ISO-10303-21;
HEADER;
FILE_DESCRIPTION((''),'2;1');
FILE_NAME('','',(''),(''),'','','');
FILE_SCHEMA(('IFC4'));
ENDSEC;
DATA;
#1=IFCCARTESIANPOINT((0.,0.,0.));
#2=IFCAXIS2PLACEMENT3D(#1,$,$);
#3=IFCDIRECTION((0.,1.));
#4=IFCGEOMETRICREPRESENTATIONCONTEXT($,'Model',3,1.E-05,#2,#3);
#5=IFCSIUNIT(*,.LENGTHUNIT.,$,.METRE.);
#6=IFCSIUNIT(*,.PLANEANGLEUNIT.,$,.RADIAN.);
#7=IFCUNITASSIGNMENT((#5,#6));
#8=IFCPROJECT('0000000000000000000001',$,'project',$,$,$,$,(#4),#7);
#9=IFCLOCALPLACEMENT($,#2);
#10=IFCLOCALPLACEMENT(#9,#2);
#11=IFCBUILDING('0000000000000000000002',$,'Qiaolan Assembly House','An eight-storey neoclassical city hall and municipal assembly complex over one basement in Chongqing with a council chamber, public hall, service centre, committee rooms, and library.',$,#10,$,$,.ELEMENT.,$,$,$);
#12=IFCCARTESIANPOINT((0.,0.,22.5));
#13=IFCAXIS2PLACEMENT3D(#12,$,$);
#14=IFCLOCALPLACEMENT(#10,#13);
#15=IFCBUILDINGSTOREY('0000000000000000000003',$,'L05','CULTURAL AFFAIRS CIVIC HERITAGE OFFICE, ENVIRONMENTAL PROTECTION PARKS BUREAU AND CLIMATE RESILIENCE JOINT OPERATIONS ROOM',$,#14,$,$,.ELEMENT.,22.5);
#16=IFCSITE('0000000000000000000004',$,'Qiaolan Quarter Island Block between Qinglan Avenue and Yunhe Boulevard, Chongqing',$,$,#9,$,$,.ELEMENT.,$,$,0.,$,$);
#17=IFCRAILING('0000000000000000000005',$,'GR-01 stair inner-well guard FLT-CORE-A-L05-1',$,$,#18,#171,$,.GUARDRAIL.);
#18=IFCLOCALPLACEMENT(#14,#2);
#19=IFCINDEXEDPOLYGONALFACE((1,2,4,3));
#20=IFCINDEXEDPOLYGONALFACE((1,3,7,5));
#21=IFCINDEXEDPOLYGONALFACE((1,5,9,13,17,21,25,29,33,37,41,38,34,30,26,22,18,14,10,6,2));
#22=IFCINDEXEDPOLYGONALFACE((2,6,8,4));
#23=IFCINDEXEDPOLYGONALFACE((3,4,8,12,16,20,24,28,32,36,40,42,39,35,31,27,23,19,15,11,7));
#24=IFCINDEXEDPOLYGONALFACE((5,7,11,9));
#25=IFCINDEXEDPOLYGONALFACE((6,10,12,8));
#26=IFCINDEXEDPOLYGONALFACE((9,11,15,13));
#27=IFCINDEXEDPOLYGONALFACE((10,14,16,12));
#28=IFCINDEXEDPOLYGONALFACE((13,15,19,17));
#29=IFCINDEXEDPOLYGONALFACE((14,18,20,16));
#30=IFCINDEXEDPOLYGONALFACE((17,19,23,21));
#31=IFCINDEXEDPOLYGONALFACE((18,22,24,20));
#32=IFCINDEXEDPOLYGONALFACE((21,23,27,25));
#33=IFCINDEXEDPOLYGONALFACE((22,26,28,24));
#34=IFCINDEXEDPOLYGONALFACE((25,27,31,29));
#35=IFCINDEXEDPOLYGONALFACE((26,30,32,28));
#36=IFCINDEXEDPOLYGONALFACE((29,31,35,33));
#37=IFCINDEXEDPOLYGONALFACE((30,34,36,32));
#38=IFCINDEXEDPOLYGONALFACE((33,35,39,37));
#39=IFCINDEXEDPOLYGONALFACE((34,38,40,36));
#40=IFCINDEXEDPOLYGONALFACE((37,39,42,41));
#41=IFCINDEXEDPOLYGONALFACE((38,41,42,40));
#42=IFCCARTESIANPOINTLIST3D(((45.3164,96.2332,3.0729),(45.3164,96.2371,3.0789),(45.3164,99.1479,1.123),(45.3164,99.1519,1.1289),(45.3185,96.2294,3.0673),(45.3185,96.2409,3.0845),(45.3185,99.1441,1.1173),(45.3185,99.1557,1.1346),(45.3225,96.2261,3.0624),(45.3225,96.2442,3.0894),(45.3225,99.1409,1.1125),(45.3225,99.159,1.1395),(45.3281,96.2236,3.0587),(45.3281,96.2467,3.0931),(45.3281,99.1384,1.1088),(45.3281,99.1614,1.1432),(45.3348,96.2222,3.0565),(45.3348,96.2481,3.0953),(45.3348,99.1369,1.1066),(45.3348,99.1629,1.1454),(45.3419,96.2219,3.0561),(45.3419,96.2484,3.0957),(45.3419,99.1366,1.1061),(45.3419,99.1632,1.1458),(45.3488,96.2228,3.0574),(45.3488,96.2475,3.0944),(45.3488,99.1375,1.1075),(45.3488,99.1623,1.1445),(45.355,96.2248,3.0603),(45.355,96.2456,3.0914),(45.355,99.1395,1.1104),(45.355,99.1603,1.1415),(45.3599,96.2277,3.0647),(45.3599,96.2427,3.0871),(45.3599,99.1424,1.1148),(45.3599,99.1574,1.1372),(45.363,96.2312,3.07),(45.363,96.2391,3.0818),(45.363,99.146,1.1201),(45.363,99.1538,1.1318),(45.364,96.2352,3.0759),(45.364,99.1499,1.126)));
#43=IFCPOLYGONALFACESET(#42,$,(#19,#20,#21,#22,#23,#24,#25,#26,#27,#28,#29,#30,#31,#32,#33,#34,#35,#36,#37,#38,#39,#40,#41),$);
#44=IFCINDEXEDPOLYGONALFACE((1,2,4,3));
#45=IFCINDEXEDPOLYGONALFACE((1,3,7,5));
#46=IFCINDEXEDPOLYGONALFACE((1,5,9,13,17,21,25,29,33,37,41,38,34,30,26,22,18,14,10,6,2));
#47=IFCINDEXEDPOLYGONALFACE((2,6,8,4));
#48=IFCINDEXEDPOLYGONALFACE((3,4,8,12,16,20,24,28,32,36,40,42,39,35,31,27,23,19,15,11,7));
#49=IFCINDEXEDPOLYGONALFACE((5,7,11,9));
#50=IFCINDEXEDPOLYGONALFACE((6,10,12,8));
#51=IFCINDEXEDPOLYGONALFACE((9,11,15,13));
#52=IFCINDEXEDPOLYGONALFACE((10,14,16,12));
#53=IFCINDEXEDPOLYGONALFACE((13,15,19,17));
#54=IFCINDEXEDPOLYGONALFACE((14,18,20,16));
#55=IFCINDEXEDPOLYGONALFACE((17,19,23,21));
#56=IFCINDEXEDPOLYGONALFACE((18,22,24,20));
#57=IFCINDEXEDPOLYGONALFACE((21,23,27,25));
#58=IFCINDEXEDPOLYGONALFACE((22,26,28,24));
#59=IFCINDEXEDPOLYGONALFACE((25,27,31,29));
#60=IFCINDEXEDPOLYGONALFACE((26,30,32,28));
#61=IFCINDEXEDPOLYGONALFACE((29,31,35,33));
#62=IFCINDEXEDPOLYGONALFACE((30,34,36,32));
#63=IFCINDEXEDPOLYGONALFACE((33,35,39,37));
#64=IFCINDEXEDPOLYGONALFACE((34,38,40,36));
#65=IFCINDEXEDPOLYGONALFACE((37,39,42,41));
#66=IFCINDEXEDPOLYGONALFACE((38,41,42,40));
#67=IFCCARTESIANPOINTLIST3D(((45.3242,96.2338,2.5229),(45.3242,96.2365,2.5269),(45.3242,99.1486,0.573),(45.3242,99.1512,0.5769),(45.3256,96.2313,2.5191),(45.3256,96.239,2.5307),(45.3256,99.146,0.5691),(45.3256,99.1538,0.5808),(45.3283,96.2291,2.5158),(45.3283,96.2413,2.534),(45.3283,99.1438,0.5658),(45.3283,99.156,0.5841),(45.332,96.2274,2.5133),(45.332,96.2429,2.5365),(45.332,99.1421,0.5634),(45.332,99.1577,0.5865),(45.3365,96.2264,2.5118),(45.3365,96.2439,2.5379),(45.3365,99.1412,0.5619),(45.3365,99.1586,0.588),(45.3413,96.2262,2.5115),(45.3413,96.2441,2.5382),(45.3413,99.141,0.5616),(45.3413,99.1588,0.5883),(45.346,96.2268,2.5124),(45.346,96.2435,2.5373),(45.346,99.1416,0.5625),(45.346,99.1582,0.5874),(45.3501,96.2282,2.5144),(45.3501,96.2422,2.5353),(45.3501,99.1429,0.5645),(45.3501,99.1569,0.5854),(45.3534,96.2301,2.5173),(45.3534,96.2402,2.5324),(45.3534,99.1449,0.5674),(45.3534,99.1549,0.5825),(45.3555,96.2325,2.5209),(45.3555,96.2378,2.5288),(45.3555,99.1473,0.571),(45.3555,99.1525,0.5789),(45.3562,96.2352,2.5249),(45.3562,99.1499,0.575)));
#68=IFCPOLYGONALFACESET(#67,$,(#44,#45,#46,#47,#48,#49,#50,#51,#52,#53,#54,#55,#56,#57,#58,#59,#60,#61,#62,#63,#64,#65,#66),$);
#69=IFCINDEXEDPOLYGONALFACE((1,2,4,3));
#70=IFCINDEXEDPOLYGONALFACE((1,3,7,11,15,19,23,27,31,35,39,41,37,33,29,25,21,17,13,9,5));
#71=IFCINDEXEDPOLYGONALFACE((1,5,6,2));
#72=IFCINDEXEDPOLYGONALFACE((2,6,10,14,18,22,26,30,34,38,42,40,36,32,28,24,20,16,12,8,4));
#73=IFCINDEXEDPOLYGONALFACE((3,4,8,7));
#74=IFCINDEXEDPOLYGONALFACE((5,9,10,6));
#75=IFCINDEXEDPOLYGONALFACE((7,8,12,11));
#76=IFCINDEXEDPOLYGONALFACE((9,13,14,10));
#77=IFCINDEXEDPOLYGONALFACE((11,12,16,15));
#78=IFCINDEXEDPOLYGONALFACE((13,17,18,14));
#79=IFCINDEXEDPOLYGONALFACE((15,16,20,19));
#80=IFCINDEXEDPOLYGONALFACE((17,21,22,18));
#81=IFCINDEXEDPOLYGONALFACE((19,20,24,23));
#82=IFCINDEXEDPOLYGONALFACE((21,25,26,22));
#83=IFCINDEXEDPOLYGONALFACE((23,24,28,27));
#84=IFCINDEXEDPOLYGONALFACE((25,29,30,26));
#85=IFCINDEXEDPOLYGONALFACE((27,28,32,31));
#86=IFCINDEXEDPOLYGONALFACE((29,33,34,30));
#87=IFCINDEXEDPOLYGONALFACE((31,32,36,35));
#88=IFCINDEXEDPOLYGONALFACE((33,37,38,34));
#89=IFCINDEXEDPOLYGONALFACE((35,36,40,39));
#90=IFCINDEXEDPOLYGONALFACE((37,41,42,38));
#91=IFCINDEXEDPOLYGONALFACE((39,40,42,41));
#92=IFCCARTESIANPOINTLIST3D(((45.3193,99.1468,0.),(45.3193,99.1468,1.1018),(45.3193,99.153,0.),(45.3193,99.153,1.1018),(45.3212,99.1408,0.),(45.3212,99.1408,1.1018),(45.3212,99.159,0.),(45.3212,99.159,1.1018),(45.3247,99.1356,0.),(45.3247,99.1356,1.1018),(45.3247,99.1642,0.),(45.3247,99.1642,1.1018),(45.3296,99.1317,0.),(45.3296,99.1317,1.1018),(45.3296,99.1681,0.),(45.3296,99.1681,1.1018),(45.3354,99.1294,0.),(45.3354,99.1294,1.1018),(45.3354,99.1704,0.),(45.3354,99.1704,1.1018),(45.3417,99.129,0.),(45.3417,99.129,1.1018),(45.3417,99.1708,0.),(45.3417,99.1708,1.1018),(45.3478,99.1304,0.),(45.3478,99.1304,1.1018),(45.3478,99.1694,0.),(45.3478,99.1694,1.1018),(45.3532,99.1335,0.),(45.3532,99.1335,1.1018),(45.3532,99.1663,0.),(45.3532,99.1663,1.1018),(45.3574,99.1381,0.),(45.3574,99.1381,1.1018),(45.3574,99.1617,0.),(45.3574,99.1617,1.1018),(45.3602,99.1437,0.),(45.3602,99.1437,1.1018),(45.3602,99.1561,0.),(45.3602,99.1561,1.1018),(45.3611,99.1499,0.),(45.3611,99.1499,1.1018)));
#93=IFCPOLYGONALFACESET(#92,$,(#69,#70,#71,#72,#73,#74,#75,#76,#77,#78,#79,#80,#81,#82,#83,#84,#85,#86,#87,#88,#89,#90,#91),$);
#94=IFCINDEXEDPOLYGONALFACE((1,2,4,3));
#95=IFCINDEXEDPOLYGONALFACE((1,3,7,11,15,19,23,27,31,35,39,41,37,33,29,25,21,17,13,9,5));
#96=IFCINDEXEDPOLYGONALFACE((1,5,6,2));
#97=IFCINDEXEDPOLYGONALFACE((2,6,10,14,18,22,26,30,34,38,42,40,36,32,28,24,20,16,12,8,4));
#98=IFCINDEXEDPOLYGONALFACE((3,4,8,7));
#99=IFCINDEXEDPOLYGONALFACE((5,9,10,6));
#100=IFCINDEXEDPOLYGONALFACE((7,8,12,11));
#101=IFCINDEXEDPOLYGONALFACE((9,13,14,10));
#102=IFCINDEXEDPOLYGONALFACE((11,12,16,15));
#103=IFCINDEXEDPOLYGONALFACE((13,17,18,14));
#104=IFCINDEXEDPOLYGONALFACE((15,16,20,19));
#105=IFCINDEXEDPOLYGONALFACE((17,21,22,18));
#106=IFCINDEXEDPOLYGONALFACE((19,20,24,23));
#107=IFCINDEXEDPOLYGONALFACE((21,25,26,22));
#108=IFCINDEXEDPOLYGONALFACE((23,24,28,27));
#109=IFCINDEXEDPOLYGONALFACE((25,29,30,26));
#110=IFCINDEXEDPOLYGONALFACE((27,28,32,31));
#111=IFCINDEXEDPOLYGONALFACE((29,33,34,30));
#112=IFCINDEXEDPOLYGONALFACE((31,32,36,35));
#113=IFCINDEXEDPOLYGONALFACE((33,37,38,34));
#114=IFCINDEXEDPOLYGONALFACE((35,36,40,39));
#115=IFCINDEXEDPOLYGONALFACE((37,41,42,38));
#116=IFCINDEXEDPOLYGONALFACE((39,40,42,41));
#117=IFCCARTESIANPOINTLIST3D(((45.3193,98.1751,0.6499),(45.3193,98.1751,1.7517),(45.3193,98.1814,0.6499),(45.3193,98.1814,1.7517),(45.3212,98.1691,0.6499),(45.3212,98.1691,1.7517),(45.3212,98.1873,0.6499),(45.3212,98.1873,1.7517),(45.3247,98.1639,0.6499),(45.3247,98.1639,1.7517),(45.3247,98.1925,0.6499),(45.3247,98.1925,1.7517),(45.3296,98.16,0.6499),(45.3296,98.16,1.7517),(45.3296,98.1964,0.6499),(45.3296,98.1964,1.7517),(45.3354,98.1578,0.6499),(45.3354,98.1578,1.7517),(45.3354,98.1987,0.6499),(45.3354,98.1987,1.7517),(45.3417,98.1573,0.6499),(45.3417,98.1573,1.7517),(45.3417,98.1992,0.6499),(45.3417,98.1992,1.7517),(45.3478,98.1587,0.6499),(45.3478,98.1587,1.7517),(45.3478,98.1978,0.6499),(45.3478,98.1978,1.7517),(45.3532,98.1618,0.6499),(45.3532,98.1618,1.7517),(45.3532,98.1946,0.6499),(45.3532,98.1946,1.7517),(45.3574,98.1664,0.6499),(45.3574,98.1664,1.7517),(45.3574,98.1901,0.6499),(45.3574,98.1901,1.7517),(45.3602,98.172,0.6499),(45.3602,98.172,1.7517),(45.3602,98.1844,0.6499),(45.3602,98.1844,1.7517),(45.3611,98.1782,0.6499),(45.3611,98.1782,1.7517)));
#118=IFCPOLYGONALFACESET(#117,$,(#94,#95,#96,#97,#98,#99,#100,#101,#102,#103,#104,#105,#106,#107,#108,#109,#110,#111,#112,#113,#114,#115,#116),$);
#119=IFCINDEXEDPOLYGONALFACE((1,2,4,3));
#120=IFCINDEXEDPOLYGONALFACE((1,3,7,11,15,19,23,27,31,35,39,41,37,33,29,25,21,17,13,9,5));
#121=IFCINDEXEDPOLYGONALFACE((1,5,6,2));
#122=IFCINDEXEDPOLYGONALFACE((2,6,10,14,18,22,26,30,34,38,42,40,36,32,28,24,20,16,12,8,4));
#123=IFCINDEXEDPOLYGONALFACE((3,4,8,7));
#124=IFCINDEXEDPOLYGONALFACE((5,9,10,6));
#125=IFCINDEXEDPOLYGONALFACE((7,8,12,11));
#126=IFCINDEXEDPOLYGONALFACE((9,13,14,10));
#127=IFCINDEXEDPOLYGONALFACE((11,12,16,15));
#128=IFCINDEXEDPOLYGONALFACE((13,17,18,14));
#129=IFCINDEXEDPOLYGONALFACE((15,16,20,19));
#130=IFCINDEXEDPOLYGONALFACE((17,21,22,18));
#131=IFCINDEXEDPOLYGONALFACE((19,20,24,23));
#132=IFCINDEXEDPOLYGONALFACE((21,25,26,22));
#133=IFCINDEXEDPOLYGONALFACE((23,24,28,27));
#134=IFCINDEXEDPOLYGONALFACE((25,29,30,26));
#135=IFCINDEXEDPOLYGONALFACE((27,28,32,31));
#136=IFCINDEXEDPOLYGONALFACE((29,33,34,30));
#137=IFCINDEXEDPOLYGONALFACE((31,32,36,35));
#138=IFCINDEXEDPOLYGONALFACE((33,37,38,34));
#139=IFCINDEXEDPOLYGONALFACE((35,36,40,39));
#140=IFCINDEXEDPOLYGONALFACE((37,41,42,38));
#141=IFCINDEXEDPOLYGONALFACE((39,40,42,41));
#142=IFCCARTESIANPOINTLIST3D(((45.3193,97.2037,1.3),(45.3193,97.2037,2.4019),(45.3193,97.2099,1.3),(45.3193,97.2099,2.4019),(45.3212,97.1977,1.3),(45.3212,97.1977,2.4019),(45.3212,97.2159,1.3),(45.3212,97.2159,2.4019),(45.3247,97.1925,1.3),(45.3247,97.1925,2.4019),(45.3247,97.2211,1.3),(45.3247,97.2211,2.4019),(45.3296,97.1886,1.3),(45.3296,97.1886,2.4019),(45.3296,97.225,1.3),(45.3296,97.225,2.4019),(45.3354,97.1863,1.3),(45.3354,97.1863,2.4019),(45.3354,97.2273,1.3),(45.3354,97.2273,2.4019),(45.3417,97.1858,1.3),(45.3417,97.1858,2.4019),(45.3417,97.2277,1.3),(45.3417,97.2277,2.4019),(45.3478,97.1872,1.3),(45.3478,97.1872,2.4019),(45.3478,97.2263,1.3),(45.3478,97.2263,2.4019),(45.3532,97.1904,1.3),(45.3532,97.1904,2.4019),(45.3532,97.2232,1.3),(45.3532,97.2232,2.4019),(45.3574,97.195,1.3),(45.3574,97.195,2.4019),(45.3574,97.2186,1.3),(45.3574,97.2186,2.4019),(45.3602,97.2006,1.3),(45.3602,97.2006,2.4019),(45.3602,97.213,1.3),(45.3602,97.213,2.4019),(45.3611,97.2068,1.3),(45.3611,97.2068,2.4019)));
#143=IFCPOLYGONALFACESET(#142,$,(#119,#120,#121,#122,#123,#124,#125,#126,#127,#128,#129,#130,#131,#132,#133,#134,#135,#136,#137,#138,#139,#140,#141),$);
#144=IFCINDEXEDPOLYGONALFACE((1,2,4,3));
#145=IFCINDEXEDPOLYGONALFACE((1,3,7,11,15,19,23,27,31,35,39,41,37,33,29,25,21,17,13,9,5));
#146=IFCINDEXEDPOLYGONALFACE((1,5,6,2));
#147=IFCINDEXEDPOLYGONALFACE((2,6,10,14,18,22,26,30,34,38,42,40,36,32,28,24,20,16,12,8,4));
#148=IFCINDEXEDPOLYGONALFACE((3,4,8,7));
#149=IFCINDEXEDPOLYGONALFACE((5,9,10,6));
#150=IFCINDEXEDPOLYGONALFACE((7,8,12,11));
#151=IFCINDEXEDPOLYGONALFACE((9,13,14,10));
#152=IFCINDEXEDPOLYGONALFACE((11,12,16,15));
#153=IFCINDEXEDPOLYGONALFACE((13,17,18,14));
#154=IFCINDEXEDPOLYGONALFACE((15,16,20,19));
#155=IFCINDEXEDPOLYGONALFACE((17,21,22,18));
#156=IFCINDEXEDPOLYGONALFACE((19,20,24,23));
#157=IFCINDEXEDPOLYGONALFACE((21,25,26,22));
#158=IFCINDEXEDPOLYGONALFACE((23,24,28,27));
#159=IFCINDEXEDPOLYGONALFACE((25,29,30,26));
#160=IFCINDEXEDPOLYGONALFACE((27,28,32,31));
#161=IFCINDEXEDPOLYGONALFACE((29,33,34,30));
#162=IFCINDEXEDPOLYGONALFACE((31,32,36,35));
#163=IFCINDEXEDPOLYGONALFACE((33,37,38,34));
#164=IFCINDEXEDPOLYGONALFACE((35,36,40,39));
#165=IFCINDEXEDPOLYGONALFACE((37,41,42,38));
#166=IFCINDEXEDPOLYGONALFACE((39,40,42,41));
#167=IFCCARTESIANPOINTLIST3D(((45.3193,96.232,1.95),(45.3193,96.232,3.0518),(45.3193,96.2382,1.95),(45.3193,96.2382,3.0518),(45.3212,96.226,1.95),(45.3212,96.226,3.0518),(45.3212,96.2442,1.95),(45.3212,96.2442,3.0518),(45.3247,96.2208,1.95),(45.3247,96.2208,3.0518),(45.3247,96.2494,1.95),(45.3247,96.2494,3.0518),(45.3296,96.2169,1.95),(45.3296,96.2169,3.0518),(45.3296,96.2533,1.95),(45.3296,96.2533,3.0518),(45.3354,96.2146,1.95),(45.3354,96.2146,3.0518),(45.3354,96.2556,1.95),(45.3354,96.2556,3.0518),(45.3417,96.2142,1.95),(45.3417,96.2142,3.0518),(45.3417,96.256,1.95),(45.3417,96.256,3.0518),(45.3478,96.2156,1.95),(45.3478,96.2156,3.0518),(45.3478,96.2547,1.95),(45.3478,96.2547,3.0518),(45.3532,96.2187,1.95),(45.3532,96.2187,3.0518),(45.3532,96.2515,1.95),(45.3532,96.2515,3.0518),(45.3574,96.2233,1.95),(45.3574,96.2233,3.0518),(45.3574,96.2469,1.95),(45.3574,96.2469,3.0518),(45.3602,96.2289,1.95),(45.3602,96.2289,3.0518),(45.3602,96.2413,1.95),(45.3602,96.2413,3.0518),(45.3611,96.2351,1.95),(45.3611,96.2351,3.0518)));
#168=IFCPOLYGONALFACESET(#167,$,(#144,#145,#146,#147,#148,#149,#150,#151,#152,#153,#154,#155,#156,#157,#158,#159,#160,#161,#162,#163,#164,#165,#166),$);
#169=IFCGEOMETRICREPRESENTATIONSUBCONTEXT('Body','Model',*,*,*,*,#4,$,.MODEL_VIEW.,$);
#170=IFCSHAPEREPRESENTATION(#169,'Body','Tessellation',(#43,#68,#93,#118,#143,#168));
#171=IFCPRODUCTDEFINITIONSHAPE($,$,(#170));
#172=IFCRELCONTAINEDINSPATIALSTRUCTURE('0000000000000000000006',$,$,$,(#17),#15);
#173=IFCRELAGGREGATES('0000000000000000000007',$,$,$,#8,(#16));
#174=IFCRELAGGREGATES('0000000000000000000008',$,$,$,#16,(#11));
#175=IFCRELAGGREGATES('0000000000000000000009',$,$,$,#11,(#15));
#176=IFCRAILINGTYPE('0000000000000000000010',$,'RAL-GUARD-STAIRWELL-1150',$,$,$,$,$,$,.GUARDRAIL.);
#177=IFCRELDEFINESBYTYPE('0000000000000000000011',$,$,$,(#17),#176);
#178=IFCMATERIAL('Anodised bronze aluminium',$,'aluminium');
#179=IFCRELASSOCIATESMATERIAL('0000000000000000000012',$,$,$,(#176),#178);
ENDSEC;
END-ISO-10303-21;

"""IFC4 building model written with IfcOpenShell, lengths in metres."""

from ifc_helpers import new_model, si_unit, direction, frame, origin, origin_2d, place, context, subcontext, project, spatial, circle, extrude, material, type_object, element, save


model = new_model("IFC4")

# Units and contexts
model_context = context("Model", 3, precision=1e-05, world=origin(), true_north=direction((0.0, 1.0)))
body_context = subcontext(model_context, "Body", "Model", "MODEL_VIEW")
ifc_project = project(units=[si_unit("LENGTHUNIT", "METRE"), si_unit("PLANEANGLEUNIT", "RADIAN")], contexts=[model_context])

# Site, building, storey
site_placement = place(None, origin())
site = spatial("IfcSite", under=ifc_project, at=site_placement, Name="Qiaolan Quarter Island Block between Qinglan Avenue and Yunhe Boulevard, Chongqing", CompositionType="ELEMENT", RefElevation=0.0)
building_placement = place(site_placement, origin())
building = spatial("IfcBuilding", under=site, at=building_placement, Name="Qiaolan Assembly House", Description="An eight-storey neoclassical city hall and municipal assembly complex over one basement in Chongqing with a council chamber, public hall, service centre, committee rooms, and library.", CompositionType="ELEMENT")
storey_placement = place(building_placement, frame((0.0, 0.0, 22.5)))
storey = spatial("IfcBuildingStorey", under=building, at=storey_placement, Name="L05", Description="CULTURAL AFFAIRS CIVIC HERITAGE OFFICE, ENVIRONMENTAL PROTECTION PARKS BUREAU AND CLIMATE RESILIENCE JOINT OPERATIONS ROOM", CompositionType="ELEMENT", Elevation=22.5)

# Shared definitions
ifc_material_1 = material(Name="Anodised bronze aluminium", Category="aluminium")

# Railing
railing_type_1 = type_object("IfcRailingType", Name="RAL-GUARD-STAIRWELL-1150", PredefinedType="GUARDRAIL", material=ifc_material_1)
railing_1_placement = place(storey_placement, frame((45.3401, 99.1499, 0.0)))
element("IfcRailing", 1, at=railing_1_placement, inside=storey, type_object=railing_type_1, Name="GR-01 stair inner-well guard FLT-CORE-A-L05-1", PredefinedType="GUARDRAIL", context=body_context, shape_type="SweptSolid", body=[
    extrude(circle(Radius=0.0239, at=origin_2d()), frame((0.0, 0.0, 1.126), z_axis=(0.0, -0.83116, 0.556033), x_axis=(1.0, 0.0, 0.0)), (0.0, 0.0, 1.0), 3.5068),
    extrude(circle(Radius=0.0161, at=origin_2d()), frame((0.0, 0.0, 0.575), z_axis=(0.0, -0.83116, 0.556033), x_axis=(1.0, 0.0, 0.0)), (0.0, 0.0, 1.0), 3.5068),
    extrude(circle(Radius=0.021, at=origin_2d()), origin(), (0.0, 0.0, 1.0), 1.1018),
    extrude(circle(Radius=0.021, at=origin_2d()), frame((0.0, -0.9717, 0.6499)), (0.0, 0.0, 1.0), 1.1018),
    extrude(circle(Radius=0.021, at=origin_2d()), frame((0.0, -1.9431, 1.3)), (0.0, 0.0, 1.0), 1.1018),
    extrude(circle(Radius=0.021, at=origin_2d()), frame((0.0, -2.9148, 1.95)), (0.0, 0.0, 1.0), 1.1018),
])

save(model, "model.ifc")
